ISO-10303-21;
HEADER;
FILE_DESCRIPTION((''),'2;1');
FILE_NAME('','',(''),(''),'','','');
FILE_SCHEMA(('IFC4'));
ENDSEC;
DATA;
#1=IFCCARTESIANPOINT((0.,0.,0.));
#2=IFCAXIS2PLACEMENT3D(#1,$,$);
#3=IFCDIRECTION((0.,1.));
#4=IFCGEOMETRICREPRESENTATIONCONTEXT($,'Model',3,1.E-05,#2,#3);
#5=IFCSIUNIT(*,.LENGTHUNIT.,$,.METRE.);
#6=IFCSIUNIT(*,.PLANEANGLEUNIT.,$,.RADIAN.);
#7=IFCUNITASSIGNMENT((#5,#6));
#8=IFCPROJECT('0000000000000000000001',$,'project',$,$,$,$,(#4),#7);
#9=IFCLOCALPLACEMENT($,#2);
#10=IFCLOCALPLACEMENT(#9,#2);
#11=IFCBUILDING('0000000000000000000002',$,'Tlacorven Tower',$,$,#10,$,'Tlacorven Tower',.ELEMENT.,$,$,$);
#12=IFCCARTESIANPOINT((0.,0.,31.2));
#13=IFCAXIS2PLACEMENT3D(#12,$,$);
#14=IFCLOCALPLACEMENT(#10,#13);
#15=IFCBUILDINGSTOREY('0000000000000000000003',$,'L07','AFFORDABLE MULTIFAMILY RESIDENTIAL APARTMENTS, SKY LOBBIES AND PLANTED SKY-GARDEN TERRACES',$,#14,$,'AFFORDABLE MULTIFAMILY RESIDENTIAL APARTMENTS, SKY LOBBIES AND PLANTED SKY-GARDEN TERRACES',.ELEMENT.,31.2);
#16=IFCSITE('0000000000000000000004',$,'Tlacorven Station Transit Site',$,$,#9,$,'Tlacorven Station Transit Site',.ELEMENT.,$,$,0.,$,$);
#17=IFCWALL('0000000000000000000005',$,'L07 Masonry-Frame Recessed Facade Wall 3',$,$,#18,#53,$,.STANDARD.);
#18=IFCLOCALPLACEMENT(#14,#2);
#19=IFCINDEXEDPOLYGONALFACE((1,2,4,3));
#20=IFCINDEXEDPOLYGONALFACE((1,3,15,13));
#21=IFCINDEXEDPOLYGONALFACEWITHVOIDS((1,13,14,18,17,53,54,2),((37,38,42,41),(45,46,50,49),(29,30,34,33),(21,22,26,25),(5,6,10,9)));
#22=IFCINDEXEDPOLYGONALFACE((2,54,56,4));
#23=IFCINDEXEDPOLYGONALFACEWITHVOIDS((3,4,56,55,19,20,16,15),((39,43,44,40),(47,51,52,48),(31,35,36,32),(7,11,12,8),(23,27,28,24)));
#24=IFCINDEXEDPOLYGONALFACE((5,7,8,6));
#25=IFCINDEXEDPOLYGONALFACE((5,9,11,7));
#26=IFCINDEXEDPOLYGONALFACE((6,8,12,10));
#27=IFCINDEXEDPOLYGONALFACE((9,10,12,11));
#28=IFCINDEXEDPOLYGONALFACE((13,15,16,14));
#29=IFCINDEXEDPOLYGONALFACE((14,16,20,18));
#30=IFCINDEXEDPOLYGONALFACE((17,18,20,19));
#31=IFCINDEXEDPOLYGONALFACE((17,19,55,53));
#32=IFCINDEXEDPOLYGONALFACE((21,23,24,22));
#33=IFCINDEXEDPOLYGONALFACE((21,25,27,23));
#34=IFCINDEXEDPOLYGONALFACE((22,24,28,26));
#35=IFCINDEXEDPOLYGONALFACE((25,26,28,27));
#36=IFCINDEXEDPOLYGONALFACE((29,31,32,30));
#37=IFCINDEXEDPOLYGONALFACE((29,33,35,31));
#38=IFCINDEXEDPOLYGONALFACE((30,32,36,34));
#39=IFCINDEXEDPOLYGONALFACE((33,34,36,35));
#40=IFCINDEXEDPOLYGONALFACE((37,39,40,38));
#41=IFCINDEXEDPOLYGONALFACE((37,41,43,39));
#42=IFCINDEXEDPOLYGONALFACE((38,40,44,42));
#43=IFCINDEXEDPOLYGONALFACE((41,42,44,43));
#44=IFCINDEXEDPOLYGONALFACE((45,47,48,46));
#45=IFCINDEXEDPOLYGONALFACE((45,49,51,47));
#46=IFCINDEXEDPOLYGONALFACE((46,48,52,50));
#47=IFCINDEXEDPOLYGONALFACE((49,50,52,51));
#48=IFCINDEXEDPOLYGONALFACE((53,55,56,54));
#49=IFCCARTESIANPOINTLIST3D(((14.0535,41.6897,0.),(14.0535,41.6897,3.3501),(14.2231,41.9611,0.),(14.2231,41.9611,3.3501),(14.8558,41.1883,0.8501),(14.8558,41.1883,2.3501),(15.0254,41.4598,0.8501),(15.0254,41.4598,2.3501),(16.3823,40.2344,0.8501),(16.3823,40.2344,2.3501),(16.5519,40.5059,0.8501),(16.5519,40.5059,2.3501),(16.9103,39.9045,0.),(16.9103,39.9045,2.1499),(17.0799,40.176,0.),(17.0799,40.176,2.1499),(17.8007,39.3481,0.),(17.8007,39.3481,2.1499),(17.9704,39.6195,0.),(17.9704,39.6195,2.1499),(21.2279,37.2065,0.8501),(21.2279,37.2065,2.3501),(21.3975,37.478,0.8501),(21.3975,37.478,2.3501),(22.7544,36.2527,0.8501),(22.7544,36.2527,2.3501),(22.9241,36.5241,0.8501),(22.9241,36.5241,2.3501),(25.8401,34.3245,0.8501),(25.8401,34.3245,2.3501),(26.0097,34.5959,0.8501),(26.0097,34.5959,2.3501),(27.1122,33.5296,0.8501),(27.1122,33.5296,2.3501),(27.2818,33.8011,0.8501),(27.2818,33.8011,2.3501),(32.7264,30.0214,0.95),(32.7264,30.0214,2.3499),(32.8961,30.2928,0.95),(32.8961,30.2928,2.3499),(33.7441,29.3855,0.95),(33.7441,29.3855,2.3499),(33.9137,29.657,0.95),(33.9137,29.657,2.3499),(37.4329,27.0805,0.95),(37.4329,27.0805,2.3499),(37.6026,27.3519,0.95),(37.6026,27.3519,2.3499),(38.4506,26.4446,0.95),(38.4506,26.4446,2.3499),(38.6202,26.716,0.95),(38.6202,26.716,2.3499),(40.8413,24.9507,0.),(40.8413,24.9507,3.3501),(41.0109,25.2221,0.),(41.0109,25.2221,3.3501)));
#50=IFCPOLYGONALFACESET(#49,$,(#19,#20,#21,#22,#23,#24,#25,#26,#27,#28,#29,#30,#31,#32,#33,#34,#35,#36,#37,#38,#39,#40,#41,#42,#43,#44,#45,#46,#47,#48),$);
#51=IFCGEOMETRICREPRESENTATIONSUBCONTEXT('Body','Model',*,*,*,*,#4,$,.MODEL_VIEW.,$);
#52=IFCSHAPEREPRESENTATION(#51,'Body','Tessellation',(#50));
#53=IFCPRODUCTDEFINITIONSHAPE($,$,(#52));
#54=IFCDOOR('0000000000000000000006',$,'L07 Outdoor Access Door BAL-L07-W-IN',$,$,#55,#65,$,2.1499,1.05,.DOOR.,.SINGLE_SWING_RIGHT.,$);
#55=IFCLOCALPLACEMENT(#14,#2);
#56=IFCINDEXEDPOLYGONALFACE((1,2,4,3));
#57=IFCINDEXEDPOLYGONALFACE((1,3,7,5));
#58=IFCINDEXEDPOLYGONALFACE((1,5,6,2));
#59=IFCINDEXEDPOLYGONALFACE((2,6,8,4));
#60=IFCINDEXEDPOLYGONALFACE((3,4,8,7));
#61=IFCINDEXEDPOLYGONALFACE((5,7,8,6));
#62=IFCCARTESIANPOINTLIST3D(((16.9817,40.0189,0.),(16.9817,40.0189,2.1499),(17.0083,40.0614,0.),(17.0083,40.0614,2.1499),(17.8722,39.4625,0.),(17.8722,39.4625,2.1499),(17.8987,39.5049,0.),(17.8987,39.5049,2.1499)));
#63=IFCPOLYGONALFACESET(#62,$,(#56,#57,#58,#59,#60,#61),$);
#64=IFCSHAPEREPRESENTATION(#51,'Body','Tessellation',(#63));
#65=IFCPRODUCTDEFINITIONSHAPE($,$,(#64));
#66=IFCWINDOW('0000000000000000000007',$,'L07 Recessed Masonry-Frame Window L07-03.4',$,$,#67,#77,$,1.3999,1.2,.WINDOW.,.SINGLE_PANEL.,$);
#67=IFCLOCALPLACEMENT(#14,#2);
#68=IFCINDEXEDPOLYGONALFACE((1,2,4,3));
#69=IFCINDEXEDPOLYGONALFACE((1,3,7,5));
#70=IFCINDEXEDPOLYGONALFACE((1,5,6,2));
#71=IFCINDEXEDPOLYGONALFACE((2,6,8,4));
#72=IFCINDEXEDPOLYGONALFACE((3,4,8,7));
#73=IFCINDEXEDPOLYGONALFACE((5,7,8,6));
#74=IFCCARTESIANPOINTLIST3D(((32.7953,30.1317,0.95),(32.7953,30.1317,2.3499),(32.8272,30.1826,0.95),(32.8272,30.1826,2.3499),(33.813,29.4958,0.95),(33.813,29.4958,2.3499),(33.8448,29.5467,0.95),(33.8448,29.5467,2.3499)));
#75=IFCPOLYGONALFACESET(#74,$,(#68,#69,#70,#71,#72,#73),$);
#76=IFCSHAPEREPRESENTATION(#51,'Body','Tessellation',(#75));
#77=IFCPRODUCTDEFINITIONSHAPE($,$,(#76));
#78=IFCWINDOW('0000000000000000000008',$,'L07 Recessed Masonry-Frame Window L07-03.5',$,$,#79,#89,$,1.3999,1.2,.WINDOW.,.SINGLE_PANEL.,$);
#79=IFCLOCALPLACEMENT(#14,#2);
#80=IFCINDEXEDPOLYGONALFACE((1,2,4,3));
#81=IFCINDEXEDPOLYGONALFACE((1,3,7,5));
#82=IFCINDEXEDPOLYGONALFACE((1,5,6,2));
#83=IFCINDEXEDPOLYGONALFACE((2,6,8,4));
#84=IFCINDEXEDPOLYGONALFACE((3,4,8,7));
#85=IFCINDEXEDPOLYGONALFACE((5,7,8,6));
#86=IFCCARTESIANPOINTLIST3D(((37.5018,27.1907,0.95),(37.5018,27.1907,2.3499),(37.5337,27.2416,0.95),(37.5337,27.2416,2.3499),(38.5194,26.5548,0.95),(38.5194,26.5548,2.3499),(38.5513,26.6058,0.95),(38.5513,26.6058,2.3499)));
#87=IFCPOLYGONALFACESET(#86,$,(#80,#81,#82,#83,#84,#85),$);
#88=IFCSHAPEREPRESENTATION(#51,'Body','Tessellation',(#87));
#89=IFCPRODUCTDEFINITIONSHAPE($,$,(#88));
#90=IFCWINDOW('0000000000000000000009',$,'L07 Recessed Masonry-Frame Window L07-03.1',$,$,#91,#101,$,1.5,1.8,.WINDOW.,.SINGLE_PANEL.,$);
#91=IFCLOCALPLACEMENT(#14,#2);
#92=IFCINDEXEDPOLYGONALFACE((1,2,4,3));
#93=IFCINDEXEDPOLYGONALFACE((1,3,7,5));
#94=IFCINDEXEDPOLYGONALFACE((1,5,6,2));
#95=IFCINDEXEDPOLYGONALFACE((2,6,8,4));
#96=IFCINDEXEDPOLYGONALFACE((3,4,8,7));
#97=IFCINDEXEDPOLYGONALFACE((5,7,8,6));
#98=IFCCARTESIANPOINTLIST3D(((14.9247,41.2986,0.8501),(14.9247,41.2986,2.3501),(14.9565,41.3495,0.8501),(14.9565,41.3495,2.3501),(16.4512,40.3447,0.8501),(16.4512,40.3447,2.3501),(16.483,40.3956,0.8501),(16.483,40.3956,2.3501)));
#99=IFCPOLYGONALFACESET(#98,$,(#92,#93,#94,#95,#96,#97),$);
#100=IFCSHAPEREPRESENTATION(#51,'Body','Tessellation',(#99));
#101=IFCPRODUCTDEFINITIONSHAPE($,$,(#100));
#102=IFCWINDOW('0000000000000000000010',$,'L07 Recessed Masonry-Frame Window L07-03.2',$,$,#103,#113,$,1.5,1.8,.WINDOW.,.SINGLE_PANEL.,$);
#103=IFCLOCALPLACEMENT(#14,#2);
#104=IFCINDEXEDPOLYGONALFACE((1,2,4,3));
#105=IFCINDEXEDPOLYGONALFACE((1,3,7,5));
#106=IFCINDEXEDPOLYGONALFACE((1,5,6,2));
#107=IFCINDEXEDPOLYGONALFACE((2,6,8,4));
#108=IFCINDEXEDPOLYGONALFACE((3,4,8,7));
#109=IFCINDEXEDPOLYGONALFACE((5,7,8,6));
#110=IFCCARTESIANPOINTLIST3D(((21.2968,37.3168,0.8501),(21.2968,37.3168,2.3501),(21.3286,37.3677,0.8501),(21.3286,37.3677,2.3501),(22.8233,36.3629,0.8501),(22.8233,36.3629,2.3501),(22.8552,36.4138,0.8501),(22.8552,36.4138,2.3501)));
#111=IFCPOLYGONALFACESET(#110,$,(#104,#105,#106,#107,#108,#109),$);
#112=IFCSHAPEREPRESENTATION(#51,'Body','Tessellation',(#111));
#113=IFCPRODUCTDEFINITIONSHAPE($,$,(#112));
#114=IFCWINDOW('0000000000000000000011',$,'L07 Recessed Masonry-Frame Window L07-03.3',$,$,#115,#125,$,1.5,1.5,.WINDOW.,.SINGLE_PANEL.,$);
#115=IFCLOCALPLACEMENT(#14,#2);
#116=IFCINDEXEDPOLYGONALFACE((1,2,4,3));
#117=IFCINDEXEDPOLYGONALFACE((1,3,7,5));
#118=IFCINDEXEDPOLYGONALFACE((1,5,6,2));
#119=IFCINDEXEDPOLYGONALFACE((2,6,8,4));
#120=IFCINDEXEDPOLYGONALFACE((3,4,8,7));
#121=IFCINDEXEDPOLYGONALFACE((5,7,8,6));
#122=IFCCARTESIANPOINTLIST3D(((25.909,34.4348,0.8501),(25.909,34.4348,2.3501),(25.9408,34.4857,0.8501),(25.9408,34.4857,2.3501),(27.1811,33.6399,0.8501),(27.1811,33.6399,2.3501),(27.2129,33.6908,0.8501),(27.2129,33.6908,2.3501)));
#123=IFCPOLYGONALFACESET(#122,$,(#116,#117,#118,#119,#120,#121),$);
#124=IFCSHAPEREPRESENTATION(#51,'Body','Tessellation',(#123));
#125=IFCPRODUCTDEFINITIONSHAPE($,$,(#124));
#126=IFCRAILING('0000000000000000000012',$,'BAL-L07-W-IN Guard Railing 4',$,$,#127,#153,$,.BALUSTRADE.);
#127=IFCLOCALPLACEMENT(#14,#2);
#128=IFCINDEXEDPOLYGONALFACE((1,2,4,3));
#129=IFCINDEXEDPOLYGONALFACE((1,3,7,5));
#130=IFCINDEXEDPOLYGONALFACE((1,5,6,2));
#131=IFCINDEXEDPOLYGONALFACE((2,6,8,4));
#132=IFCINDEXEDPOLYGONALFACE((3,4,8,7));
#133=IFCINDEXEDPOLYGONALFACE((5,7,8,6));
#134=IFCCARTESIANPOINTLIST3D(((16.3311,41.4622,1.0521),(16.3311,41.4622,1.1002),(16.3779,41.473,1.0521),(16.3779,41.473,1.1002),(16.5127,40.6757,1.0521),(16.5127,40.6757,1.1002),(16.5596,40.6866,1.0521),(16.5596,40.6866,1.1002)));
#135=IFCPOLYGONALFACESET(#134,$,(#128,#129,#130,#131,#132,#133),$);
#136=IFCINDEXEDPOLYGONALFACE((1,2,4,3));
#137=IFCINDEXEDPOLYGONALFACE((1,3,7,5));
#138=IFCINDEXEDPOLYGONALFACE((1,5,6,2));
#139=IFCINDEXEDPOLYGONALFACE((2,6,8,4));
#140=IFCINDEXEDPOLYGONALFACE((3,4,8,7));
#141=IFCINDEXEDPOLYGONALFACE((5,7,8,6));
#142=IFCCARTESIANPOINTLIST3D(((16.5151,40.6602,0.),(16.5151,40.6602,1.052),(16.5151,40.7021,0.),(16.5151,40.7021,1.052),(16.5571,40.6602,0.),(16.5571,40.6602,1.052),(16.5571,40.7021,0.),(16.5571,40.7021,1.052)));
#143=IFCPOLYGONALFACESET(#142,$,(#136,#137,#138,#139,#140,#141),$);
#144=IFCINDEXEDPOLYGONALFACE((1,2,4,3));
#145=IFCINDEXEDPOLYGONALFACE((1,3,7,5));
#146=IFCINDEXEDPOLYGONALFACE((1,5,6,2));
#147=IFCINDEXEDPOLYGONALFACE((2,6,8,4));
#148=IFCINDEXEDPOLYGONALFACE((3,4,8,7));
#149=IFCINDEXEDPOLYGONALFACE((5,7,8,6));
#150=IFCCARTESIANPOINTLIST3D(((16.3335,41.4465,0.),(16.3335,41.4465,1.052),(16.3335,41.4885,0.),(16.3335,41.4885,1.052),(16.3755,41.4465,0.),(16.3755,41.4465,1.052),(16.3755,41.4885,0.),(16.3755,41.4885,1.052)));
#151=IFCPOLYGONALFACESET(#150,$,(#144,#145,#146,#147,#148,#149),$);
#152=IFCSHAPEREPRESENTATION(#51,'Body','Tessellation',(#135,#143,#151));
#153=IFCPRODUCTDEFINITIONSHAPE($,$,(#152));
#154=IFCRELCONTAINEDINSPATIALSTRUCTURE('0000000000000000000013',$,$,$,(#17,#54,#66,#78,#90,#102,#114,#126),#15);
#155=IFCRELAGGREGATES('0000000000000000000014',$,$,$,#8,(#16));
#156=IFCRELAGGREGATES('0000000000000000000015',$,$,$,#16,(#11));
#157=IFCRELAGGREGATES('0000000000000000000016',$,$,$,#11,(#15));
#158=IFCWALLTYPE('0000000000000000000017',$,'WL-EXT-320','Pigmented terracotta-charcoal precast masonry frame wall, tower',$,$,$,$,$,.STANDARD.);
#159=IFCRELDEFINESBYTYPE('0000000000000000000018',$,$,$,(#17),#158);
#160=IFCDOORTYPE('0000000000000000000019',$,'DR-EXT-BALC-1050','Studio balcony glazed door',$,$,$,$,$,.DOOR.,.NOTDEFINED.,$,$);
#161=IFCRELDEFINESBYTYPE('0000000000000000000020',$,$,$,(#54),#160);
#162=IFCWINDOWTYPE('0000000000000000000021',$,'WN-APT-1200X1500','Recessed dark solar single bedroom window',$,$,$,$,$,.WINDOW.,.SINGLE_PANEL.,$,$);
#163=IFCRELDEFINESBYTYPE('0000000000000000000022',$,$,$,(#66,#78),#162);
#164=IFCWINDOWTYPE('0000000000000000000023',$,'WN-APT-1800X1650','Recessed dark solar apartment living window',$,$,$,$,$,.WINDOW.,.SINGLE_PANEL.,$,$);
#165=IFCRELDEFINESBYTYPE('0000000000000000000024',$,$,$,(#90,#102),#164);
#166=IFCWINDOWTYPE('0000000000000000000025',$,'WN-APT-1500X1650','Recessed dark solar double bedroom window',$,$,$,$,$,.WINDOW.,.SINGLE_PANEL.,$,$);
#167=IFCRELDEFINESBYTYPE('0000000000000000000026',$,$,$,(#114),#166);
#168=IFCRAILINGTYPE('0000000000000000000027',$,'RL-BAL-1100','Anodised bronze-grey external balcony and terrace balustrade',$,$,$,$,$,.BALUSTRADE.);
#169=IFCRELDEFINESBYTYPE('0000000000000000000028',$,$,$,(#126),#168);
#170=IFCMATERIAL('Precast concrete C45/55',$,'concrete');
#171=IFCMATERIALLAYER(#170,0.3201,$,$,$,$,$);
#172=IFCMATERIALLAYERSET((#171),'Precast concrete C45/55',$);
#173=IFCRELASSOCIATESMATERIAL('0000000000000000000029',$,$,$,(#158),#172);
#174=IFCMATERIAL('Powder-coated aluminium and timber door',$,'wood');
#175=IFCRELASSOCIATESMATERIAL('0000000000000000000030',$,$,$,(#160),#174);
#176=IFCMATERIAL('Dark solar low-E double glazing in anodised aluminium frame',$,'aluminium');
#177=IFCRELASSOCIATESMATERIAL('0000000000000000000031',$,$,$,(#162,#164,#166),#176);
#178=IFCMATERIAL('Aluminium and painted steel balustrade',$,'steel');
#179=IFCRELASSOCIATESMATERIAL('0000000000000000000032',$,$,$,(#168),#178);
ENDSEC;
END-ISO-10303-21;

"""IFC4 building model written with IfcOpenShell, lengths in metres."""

from ifc_helpers import new_model, si_unit, direction, frame, frame_2d, origin, origin_2d, place, context, subcontext, project, spatial, rectangle, extrude, source, transform, mapped, material, layer, layer_set, type_object, element, fill, save


model = new_model("IFC4")

# Units and contexts
model_context = context("Model", 3, precision=1e-05, world=origin(), true_north=direction((0.0, 1.0)))
body_context = subcontext(model_context, "Body", "Model", "MODEL_VIEW")
ifc_project = project(units=[si_unit("LENGTHUNIT", "METRE"), si_unit("PLANEANGLEUNIT", "RADIAN")], contexts=[model_context])

# Site, building, storey
site_placement = place(None, origin())
site = spatial("IfcSite", under=ifc_project, at=site_placement, Name="Tlacorven Station Transit Site", LongName="Tlacorven Station Transit Site", CompositionType="ELEMENT", RefElevation=0.0)
building_placement = place(site_placement, origin())
building = spatial("IfcBuilding", under=site, at=building_placement, Name="Tlacorven Tower", LongName="Tlacorven Tower", CompositionType="ELEMENT")
storey_placement = place(building_placement, frame((0.0, 0.0, 31.2)))
storey = spatial("IfcBuildingStorey", under=building, at=storey_placement, Name="L07", Description="AFFORDABLE MULTIFAMILY RESIDENTIAL APARTMENTS, SKY LOBBIES AND PLANTED SKY-GARDEN TERRACES", LongName="AFFORDABLE MULTIFAMILY RESIDENTIAL APARTMENTS, SKY LOBBIES AND PLANTED SKY-GARDEN TERRACES", CompositionType="ELEMENT", Elevation=31.2)

# Wall, openings, door, windows
ifc_material_1 = material(Name="Precast concrete C45/55", Category="concrete")
ifc_layer_1 = layer(ifc_material_1, 0.3201)
ifc_layer_set_1 = layer_set([ifc_layer_1], Name="Precast concrete C45/55")
wall_type_1 = type_object("IfcWallType", Name="WL-EXT-320", Description="Pigmented terracotta-charcoal precast masonry frame wall, tower", PredefinedType="STANDARD", material=ifc_layer_set_1)
wall_1_placement = place(storey_placement, frame((14.1382, 41.8254, 0.0), z_axis=(0.0, 0.0, 1.0), x_axis=(0.848046, -0.529922, 0.0)))
wall_1 = element("IfcWall", 1, at=wall_1_placement, inside=storey, type_object=wall_type_1, Name="L07 Masonry-Frame Recessed Facade Wall 3", PredefinedType="STANDARD", context=body_context, shape_type="SweptSolid", body=[
    extrude(rectangle(XDim=31.5876, YDim=0.3201, at=frame_2d((15.7939, 0.0))), origin(), (0.0, 0.0, 1.0), 3.3501),
])
opening_1_placement = place(wall_1_placement, frame((3.3689, 0.0, 0.0)))
opening_1 = element("IfcOpeningElement", 2, at=opening_1_placement, cuts=wall_1, PredefinedType="OPENING", context=body_context, shape_type="SweptSolid", body=[
    extrude(rectangle(XDim=1.05, YDim=2.1499, at=frame_2d((0.5249, 1.075))), frame((0.0, 0.1699, 0.0), z_axis=(0.0, -1.0, 0.0), x_axis=(1.0, 0.0, 0.0)), (0.0, 0.0, 1.0), 0.3401),
])
opening_2_placement = place(wall_1_placement, frame((0.9463, 0.0, 0.8501)))
opening_2 = element("IfcOpeningElement", 3, at=opening_2_placement, cuts=wall_1, PredefinedType="OPENING", context=body_context, shape_type="SweptSolid", body=[
    extrude(rectangle(XDim=1.8, YDim=1.5, at=frame_2d((0.8999, 0.75))), frame((0.0, 0.1699, 0.0), z_axis=(0.0, -1.0, 0.0), x_axis=(1.0, 0.0, 0.0)), (0.0, 0.0, 1.0), 0.3401),
])
opening_3_placement = place(wall_1_placement, frame((8.4602, 0.0, 0.8501)))
opening_3 = element("IfcOpeningElement", 4, at=opening_3_placement, cuts=wall_1, PredefinedType="OPENING", context=body_context, shape_type="SweptSolid", body=[
    extrude(rectangle(XDim=1.8, YDim=1.5, at=frame_2d((0.8999, 0.75))), frame((0.0, 0.1699, 0.0), z_axis=(0.0, -1.0, 0.0), x_axis=(1.0, 0.0, 0.0)), (0.0, 0.0, 1.0), 0.3401),
])
opening_4_placement = place(wall_1_placement, frame((13.8987, 0.0, 0.8501)))
opening_4 = element("IfcOpeningElement", 5, at=opening_4_placement, cuts=wall_1, PredefinedType="OPENING", context=body_context, shape_type="SweptSolid", body=[
    extrude(rectangle(XDim=1.5, YDim=1.5, at=frame_2d((0.75, 0.75))), frame((0.0, 0.1699, 0.0), z_axis=(0.0, -1.0, 0.0), x_axis=(1.0, 0.0, 0.0)), (0.0, 0.0, 1.0), 0.3401),
])
opening_5_placement = place(wall_1_placement, frame((22.0188, 0.0, 0.95)))
opening_5 = element("IfcOpeningElement", 6, at=opening_5_placement, cuts=wall_1, PredefinedType="OPENING", context=body_context, shape_type="SweptSolid", body=[
    extrude(rectangle(XDim=1.2, YDim=1.3999, at=frame_2d((0.6001, 0.7))), frame((0.0, 0.1699, 0.0), z_axis=(0.0, -1.0, 0.0), x_axis=(1.0, 0.0, 0.0)), (0.0, 0.0, 1.0), 0.3401),
])
opening_6_placement = place(wall_1_placement, frame((27.5686, 0.0, 0.95)))
opening_6 = element("IfcOpeningElement", 7, at=opening_6_placement, cuts=wall_1, PredefinedType="OPENING", context=body_context, shape_type="SweptSolid", body=[
    extrude(rectangle(XDim=1.2, YDim=1.3999, at=frame_2d((0.6001, 0.7))), frame((0.0, 0.1699, 0.0), z_axis=(0.0, -1.0, 0.0), x_axis=(1.0, 0.0, 0.0)), (0.0, 0.0, 1.0), 0.3401),
])
ifc_material_2 = material(Name="Powder-coated aluminium and timber door", Category="wood")
door_type = type_object("IfcDoorType", Name="DR-EXT-BALC-1050", Description="Studio balcony glazed door", OperationType="NOTDEFINED", PredefinedType="DOOR", material=ifc_material_2)
shared_shape_1 = source(origin(), body_context, "Body", "SweptSolid", [
    extrude(rectangle(XDim=1.05, YDim=2.1499, at=frame_2d((0.5249, 1.075))), frame((0.0, 0.0249, 0.0), z_axis=(0.0, -1.0, 0.0), x_axis=(1.0, 0.0, 0.0)), (0.0, 0.0, 1.0), 0.05),
])
door_placement = place(opening_1_placement, origin())
door = element("IfcDoor", 8, at=door_placement, inside=storey, type_object=door_type, Name="L07 Outdoor Access Door BAL-L07-W-IN", OperationType="SINGLE_SWING_RIGHT", OverallHeight=2.1499, OverallWidth=1.05, PredefinedType="DOOR", context=body_context, shape_type="MappedRepresentation", body=[
    mapped(shared_shape_1, transform((0.0, 0.0, 0.0), scale=1.0)),
])
fill(opening_1, door)
ifc_material_3 = material(Name="Dark solar low-E double glazing in anodised aluminium frame", Category="aluminium")
window_type_1 = type_object("IfcWindowType", Name="WN-APT-1200X1500", Description="Recessed dark solar single bedroom window", PartitioningType="SINGLE_PANEL", PredefinedType="WINDOW", material=ifc_material_3)
shared_shape_2 = source(origin(), body_context, "Body", "SweptSolid", [
    extrude(rectangle(XDim=1.2, YDim=1.3999, at=frame_2d((0.6001, 0.7))), frame((0.0, 0.03, 0.0), z_axis=(0.0, -1.0, 0.0), x_axis=(1.0, 0.0, 0.0)), (0.0, 0.0, 1.0), 0.0601),
])
window_1_placement = place(opening_5_placement, origin())
window_1 = element("IfcWindow", 9, at=window_1_placement, inside=storey, type_object=window_type_1, Name="L07 Recessed Masonry-Frame Window L07-03.4", OverallHeight=1.3999, OverallWidth=1.2, PartitioningType="SINGLE_PANEL", PredefinedType="WINDOW", context=body_context, shape_type="MappedRepresentation", body=[
    mapped(shared_shape_2, transform((0.0, 0.0, 0.0), scale=1.0)),
])
fill(opening_5, window_1)
window_2_placement = place(opening_6_placement, origin())
window_2 = element("IfcWindow", 10, at=window_2_placement, inside=storey, type_object=window_type_1, Name="L07 Recessed Masonry-Frame Window L07-03.5", OverallHeight=1.3999, OverallWidth=1.2, PartitioningType="SINGLE_PANEL", PredefinedType="WINDOW", context=body_context, shape_type="MappedRepresentation", body=[
    mapped(shared_shape_2, transform((0.0, 0.0, 0.0), scale=1.0)),
])
fill(opening_6, window_2)
window_type_2 = type_object("IfcWindowType", Name="WN-APT-1800X1650", Description="Recessed dark solar apartment living window", PartitioningType="SINGLE_PANEL", PredefinedType="WINDOW", material=ifc_material_3)
shared_shape_3 = source(origin(), body_context, "Body", "SweptSolid", [
    extrude(rectangle(XDim=1.8, YDim=1.5, at=frame_2d((0.8999, 0.75))), frame((0.0, 0.03, 0.0), z_axis=(0.0, -1.0, 0.0), x_axis=(1.0, 0.0, 0.0)), (0.0, 0.0, 1.0), 0.0601),
])
window_3_placement = place(opening_2_placement, origin())
window_3 = element("IfcWindow", 11, at=window_3_placement, inside=storey, type_object=window_type_2, Name="L07 Recessed Masonry-Frame Window L07-03.1", OverallHeight=1.5, OverallWidth=1.8, PartitioningType="SINGLE_PANEL", PredefinedType="WINDOW", context=body_context, shape_type="MappedRepresentation", body=[
    mapped(shared_shape_3, transform((0.0, 0.0, 0.0), scale=1.0)),
])
fill(opening_2, window_3)
window_4_placement = place(opening_3_placement, origin())
window_4 = element("IfcWindow", 12, at=window_4_placement, inside=storey, type_object=window_type_2, Name="L07 Recessed Masonry-Frame Window L07-03.2", OverallHeight=1.5, OverallWidth=1.8, PartitioningType="SINGLE_PANEL", PredefinedType="WINDOW", context=body_context, shape_type="MappedRepresentation", body=[
    mapped(shared_shape_3, transform((0.0, 0.0, 0.0), scale=1.0)),
])
fill(opening_3, window_4)
window_type_3 = type_object("IfcWindowType", Name="WN-APT-1500X1650", Description="Recessed dark solar double bedroom window", PartitioningType="SINGLE_PANEL", PredefinedType="WINDOW", material=ifc_material_3)
shared_shape_4 = source(origin(), body_context, "Body", "SweptSolid", [
    extrude(rectangle(XDim=1.5, YDim=1.5, at=frame_2d((0.75, 0.75))), frame((0.0, 0.03, 0.0), z_axis=(0.0, -1.0, 0.0), x_axis=(1.0, 0.0, 0.0)), (0.0, 0.0, 1.0), 0.0601),
])
window_5_placement = place(opening_4_placement, origin())
window_5 = element("IfcWindow", 13, at=window_5_placement, inside=storey, type_object=window_type_3, Name="L07 Recessed Masonry-Frame Window L07-03.3", OverallHeight=1.5, OverallWidth=1.5, PartitioningType="SINGLE_PANEL", PredefinedType="WINDOW", context=body_context, shape_type="MappedRepresentation", body=[
    mapped(shared_shape_4, transform((0.0, 0.0, 0.0), scale=1.0)),
])
fill(opening_4, window_5)

# Railing
ifc_material_4 = material(Name="Aluminium and painted steel balustrade", Category="steel")
railing_type = type_object("IfcRailingType", Name="RL-BAL-1100", Description="Anodised bronze-grey external balcony and terrace balustrade", PredefinedType="BALUSTRADE", material=ifc_material_4)
shared_shape_5 = source(origin(), body_context, "Body", "SweptSolid", [
    extrude(rectangle(XDim=0.0481, YDim=0.0481, at=origin_2d()), frame((0.0, 0.0, 1.0762), z_axis=(-0.225058, 0.974345, 0.0), x_axis=(-0.974345, -0.225058, 0.0)), (0.0, 0.0, 1.0), 0.8071),
    extrude(rectangle(XDim=0.042, YDim=0.042, at=origin_2d()), origin(), (0.0, 0.0, 1.0), 1.052),
    extrude(rectangle(XDim=0.042, YDim=0.042, at=origin_2d()), frame((-0.1816, 0.7864, 0.0)), (0.0, 0.0, 1.0), 1.052),
])
railing_1_placement = place(storey_placement, frame((16.5361, 40.6812, 0.0)))
element("IfcRailing", 14, at=railing_1_placement, inside=storey, type_object=railing_type, Name="BAL-L07-W-IN Guard Railing 4", PredefinedType="BALUSTRADE", context=body_context, shape_type="MappedRepresentation", body=[
    mapped(shared_shape_5, transform((0.0, 0.0, 0.0), scale=1.0)),
])

save(model, "model.ifc")
